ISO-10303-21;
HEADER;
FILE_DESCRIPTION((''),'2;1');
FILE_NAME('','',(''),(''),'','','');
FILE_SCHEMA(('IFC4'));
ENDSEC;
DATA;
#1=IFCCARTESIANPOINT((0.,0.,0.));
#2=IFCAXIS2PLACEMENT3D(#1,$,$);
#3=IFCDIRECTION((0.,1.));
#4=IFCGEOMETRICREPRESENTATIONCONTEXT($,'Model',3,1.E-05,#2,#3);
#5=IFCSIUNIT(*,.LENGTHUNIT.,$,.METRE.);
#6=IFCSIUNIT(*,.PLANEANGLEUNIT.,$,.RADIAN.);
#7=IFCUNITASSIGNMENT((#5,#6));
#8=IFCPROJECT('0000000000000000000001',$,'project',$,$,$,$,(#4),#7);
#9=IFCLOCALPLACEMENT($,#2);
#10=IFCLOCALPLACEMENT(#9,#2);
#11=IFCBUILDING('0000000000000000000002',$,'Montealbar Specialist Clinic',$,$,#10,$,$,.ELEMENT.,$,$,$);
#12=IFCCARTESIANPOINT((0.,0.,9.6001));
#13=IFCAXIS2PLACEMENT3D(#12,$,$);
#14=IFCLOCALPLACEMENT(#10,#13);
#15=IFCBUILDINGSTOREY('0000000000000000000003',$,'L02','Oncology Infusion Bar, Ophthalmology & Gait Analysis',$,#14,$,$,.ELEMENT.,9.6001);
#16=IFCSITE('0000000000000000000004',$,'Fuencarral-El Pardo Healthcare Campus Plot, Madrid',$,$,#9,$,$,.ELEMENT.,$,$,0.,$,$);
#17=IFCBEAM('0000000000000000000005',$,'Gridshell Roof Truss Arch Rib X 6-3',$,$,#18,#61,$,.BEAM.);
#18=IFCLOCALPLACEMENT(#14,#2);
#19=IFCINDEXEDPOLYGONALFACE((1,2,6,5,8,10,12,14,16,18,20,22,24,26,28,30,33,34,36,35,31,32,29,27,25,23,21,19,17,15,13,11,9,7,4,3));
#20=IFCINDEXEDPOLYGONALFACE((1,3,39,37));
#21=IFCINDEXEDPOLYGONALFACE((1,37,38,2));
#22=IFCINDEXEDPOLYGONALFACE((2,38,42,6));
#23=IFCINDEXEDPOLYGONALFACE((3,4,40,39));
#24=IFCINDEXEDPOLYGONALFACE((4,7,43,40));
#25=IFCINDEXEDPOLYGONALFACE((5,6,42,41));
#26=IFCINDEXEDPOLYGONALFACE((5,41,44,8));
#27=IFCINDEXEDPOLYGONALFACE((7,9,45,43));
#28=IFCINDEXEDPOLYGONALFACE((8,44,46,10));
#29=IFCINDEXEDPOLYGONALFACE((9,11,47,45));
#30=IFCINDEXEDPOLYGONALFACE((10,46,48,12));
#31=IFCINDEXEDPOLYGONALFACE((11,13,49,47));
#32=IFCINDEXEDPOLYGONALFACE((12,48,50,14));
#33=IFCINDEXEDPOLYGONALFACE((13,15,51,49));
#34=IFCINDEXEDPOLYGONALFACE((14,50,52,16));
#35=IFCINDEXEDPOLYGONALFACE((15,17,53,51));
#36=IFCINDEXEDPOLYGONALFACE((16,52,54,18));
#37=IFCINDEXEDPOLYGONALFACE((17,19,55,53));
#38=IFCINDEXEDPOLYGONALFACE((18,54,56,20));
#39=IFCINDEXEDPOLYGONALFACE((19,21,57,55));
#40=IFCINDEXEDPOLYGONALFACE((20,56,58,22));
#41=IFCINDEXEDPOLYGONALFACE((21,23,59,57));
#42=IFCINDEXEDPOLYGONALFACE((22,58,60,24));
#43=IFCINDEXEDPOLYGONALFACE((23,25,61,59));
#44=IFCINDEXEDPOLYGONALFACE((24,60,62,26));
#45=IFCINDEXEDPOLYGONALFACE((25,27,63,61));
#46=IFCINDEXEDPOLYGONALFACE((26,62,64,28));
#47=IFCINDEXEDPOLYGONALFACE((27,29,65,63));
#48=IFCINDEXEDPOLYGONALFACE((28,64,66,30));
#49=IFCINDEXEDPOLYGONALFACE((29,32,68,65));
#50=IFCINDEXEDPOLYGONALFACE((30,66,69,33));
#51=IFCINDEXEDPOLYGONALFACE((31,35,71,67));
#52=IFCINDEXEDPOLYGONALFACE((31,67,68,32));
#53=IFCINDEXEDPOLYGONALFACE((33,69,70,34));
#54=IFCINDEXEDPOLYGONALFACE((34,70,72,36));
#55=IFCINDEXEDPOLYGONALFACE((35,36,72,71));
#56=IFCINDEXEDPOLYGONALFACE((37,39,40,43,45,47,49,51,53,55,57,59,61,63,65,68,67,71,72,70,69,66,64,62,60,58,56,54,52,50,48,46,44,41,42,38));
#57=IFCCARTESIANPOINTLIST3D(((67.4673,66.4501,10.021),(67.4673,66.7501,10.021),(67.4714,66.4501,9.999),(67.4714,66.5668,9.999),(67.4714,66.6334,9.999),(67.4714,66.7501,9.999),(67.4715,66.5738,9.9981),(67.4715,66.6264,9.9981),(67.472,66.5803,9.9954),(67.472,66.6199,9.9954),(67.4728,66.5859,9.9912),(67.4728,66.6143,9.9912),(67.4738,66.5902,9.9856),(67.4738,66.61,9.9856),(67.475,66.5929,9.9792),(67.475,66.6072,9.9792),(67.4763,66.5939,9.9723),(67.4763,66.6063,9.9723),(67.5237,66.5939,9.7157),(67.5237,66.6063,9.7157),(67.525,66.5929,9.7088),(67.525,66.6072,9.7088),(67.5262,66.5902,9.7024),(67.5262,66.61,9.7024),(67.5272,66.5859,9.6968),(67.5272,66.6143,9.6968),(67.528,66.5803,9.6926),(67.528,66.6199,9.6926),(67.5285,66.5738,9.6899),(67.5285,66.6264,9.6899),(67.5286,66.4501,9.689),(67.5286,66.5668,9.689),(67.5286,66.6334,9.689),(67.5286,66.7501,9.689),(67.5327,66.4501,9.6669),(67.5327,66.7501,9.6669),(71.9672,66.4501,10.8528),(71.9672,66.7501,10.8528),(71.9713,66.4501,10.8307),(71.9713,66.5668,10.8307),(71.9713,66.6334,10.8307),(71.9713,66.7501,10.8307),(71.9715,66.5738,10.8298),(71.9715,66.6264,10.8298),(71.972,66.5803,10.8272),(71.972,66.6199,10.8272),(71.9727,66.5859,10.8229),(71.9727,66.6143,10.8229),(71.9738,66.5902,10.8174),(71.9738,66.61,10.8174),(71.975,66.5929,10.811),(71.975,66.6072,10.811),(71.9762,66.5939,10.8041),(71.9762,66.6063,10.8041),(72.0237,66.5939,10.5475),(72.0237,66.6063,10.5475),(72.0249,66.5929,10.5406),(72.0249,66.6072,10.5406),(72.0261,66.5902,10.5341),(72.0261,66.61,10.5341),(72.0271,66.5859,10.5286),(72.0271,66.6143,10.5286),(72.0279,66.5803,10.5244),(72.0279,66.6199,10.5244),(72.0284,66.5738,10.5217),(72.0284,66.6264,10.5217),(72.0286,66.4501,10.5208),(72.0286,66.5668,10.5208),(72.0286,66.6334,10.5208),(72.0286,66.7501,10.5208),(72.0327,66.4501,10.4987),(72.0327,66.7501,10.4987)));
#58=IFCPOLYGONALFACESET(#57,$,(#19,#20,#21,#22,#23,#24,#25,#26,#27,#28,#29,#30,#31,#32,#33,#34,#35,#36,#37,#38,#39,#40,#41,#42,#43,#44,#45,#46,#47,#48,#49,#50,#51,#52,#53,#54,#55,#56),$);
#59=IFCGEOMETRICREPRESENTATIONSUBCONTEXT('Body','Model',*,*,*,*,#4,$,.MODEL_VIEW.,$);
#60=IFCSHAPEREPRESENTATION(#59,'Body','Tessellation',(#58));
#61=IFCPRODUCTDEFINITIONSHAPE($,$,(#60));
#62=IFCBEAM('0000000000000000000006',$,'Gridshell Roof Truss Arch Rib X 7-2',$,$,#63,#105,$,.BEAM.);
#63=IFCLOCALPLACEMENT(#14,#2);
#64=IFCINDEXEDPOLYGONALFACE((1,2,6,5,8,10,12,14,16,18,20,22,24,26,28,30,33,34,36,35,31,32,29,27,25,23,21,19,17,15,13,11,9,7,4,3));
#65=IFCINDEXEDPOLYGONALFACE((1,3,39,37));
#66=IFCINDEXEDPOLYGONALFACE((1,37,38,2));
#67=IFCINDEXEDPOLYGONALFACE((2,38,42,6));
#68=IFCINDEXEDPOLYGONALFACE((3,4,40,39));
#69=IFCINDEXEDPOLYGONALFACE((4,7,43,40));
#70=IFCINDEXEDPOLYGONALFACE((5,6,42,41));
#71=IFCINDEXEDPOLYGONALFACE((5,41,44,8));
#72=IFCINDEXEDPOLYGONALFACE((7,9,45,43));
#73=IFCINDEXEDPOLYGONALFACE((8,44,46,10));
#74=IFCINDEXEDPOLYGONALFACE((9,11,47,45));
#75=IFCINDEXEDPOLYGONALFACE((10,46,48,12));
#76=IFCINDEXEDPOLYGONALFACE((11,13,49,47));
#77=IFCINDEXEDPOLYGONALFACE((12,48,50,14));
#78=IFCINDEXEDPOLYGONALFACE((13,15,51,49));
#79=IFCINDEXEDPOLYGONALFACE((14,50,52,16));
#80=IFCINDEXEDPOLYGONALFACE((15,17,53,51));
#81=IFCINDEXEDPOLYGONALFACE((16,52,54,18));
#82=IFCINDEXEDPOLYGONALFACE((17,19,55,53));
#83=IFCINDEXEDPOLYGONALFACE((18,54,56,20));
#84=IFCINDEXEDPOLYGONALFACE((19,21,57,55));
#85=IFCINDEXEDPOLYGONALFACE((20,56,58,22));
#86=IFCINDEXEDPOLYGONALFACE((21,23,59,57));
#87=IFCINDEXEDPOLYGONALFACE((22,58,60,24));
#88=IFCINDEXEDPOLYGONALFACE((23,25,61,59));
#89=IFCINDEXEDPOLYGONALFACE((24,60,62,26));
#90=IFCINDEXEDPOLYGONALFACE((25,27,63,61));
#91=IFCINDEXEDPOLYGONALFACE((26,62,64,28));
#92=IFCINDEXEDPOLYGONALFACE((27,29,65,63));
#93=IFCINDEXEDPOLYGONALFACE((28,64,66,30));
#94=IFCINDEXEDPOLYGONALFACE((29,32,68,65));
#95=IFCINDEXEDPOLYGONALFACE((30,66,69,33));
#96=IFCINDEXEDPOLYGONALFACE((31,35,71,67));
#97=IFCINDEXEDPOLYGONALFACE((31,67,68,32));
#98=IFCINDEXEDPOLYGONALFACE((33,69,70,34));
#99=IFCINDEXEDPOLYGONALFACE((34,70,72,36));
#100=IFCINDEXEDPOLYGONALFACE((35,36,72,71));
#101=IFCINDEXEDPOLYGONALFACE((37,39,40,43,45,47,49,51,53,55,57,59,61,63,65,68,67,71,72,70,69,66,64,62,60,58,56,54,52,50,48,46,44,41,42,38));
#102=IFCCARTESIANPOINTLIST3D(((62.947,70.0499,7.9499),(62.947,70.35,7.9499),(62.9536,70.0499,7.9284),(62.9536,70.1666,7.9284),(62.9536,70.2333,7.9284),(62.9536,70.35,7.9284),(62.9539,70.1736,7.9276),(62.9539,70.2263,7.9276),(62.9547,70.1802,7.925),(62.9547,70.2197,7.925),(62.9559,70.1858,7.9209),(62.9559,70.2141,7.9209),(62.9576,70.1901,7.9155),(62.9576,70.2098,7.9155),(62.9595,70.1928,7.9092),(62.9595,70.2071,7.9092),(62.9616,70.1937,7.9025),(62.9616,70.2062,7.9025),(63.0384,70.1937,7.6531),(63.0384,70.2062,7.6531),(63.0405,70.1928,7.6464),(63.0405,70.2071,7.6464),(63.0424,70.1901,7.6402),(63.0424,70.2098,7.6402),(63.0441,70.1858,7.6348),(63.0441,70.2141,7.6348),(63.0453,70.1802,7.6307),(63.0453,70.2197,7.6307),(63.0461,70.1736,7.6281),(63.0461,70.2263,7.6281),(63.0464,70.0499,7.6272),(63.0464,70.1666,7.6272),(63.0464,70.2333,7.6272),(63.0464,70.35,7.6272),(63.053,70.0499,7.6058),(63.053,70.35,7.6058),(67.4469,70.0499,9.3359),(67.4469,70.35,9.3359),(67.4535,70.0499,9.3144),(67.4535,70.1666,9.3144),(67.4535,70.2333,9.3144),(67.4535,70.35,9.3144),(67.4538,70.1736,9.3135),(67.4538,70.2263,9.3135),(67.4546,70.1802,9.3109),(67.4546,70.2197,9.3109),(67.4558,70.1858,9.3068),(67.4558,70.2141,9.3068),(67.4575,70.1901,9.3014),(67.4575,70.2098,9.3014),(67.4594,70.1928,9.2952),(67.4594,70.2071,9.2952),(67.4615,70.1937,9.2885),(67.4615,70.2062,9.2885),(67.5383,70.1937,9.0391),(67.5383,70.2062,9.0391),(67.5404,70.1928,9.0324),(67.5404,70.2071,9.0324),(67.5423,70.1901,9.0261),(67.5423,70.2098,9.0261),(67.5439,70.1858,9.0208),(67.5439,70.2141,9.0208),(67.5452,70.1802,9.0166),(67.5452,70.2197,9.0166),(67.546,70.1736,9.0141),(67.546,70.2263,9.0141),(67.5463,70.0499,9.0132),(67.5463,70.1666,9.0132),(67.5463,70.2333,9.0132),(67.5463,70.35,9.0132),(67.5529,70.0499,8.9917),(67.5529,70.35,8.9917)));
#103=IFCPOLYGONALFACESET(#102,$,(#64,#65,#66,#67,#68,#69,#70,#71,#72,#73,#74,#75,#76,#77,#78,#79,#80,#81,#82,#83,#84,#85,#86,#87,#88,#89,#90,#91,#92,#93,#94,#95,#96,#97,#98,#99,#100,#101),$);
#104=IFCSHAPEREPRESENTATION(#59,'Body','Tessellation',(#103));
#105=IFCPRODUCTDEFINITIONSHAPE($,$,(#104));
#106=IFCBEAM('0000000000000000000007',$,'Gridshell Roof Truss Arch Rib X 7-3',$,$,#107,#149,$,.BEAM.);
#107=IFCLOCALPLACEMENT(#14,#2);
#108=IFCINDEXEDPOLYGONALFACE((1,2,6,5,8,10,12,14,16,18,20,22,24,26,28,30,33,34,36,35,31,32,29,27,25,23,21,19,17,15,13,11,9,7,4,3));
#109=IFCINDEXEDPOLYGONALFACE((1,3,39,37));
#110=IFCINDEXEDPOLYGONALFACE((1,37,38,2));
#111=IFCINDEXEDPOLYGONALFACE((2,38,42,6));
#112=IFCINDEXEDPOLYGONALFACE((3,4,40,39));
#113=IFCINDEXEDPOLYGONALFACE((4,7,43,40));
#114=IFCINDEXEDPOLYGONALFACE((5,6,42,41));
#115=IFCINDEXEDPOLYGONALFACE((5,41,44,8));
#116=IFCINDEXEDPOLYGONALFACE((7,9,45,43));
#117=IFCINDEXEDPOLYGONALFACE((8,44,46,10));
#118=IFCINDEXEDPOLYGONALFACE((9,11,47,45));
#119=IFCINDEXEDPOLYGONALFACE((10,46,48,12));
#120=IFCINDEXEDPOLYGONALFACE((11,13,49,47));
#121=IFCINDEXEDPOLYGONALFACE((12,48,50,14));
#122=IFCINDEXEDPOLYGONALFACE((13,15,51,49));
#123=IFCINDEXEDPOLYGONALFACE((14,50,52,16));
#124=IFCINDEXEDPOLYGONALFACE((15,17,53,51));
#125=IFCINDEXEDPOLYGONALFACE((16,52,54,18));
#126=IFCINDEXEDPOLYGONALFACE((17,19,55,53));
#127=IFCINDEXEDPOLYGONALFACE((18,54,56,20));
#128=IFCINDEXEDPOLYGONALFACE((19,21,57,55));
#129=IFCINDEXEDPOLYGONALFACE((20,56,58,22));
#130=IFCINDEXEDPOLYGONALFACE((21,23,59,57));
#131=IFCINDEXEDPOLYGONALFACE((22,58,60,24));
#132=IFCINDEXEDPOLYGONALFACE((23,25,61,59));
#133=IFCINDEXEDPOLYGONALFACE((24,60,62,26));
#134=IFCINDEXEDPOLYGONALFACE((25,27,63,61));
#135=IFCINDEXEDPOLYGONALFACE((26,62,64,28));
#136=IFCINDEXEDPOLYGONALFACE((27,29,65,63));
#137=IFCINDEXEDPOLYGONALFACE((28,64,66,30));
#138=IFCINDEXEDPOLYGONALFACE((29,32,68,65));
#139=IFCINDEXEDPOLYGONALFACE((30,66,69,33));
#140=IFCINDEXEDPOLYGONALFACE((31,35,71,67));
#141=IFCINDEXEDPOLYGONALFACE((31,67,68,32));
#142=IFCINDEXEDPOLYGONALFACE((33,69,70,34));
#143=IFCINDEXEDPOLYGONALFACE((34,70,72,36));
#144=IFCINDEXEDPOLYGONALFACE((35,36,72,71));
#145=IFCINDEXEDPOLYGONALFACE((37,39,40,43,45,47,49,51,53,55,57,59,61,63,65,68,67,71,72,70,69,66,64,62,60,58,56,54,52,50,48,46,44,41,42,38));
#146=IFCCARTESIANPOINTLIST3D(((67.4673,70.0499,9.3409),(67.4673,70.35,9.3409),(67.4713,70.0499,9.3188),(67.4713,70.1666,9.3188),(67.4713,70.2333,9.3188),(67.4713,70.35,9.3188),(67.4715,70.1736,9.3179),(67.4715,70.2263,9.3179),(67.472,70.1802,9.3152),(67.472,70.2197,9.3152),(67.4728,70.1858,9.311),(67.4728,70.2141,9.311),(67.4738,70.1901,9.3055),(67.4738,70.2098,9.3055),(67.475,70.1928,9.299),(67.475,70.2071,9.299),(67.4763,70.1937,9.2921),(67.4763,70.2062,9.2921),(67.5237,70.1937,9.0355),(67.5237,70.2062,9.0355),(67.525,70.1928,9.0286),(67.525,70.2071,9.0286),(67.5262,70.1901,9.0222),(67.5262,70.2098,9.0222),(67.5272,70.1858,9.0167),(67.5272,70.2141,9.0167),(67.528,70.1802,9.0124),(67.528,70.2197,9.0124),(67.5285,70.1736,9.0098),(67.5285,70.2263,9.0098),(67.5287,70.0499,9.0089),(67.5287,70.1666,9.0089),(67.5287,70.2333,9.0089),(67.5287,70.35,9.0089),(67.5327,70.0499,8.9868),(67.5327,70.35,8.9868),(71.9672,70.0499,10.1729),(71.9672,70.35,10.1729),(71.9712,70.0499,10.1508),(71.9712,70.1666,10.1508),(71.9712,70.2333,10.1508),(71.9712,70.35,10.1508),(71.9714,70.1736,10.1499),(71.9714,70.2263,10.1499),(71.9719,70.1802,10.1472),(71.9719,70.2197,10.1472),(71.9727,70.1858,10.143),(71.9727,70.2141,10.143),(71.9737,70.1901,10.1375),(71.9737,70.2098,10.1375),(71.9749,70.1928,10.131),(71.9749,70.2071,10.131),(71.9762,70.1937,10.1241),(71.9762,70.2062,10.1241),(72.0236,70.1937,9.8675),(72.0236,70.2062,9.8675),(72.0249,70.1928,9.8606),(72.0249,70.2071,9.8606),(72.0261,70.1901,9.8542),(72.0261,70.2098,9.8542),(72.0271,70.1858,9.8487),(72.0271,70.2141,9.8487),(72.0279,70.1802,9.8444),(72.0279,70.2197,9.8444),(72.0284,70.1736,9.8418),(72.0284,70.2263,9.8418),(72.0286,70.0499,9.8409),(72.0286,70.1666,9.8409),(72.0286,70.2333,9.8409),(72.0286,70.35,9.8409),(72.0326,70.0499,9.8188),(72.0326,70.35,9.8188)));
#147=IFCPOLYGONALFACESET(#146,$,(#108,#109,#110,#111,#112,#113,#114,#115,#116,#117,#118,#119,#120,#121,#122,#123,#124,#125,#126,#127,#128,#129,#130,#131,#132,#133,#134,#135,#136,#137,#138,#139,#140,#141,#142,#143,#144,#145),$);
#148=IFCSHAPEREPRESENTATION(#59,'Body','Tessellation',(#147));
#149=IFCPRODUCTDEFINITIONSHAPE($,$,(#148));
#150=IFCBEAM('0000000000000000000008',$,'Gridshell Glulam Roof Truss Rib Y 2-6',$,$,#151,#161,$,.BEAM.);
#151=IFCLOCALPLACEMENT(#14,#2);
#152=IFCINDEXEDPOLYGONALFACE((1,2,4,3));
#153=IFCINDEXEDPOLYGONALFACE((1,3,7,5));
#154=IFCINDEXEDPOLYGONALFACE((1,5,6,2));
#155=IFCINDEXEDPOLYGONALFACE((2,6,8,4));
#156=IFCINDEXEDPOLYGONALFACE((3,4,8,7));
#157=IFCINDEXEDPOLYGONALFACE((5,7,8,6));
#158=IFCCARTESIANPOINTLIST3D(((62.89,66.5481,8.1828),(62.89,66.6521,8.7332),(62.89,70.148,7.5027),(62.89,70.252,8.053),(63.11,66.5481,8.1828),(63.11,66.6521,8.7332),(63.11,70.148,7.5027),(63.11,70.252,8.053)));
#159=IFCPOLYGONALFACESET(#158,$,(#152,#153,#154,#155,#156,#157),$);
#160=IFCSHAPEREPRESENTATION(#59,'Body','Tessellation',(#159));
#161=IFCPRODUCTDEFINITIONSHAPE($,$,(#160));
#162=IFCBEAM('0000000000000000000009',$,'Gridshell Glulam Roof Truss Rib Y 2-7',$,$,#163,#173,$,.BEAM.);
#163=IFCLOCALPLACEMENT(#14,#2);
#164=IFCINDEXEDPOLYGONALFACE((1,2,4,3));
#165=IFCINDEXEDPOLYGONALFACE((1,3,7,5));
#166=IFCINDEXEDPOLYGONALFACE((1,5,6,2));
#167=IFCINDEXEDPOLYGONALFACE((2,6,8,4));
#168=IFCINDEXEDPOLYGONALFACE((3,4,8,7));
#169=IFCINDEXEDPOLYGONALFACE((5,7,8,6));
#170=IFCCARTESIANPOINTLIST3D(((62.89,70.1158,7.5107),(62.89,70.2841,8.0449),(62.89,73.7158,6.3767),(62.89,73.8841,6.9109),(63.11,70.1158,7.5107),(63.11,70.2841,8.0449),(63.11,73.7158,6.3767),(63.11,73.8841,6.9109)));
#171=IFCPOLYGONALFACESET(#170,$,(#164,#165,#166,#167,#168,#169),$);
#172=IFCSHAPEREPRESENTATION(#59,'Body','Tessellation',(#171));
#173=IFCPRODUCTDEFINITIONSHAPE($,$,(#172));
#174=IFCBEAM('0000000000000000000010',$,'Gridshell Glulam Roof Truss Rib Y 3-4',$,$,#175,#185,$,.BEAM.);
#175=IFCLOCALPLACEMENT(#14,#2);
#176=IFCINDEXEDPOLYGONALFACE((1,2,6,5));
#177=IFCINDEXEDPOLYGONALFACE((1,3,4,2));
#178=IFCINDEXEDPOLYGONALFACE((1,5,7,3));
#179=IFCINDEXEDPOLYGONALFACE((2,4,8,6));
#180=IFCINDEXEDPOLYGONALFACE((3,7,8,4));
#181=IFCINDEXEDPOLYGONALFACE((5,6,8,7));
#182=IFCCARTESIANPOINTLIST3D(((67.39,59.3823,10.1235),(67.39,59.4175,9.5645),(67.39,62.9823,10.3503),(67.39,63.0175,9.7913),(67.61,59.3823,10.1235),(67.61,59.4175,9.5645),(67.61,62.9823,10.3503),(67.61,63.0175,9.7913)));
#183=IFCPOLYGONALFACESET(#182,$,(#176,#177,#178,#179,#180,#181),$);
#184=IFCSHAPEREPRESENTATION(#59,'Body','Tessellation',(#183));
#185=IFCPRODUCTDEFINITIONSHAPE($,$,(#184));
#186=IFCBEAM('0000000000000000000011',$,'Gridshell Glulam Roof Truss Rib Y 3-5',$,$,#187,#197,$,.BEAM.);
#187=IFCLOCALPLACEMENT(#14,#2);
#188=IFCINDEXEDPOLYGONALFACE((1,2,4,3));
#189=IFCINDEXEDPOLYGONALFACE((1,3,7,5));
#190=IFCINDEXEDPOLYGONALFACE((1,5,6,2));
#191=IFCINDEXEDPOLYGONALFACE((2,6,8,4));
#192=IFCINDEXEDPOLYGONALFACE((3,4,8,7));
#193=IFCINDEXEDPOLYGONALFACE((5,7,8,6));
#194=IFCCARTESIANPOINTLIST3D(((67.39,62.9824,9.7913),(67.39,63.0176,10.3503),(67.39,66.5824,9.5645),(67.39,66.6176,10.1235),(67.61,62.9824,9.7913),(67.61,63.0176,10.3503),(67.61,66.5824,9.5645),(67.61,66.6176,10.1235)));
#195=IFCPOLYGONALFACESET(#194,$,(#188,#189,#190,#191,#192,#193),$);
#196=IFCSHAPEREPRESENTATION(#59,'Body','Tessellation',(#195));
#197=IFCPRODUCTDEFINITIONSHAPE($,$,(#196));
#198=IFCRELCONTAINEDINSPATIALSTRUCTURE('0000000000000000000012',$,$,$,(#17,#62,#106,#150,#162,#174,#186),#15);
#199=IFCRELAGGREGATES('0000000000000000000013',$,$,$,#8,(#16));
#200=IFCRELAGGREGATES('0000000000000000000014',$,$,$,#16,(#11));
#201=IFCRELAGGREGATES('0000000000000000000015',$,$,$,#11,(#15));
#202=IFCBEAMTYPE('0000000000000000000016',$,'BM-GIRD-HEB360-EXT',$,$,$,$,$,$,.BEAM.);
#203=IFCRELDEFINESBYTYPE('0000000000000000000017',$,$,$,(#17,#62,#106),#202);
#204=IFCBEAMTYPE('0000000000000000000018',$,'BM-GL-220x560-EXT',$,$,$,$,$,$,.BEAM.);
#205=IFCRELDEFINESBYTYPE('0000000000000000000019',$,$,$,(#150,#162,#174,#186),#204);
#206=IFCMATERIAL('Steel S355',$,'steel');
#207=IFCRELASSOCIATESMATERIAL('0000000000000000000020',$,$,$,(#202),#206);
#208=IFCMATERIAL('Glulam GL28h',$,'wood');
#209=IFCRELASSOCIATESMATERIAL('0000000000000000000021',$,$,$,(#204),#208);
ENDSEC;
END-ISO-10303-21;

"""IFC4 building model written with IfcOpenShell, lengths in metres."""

from ifc_helpers import new_model, si_unit, direction, frame, origin, origin_2d, place, context, subcontext, project, spatial, rectangle, i_section, extrude, material, material_profile, profile_set, type_object, element, save


model = new_model("IFC4")

# Units and contexts
model_context = context("Model", 3, precision=1e-05, world=origin(), true_north=direction((0.0, 1.0)))
body_context = subcontext(model_context, "Body", "Model", "MODEL_VIEW")
ifc_project = project(units=[si_unit("LENGTHUNIT", "METRE"), si_unit("PLANEANGLEUNIT", "RADIAN")], contexts=[model_context])

# Site, building, storey
site_placement = place(None, origin())
site = spatial("IfcSite", under=ifc_project, at=site_placement, Name="Fuencarral-El Pardo Healthcare Campus Plot, Madrid", CompositionType="ELEMENT", RefElevation=0.0)
building_placement = place(site_placement, origin())
building = spatial("IfcBuilding", under=site, at=building_placement, Name="Montealbar Specialist Clinic", CompositionType="ELEMENT")
storey_placement = place(building_placement, frame((0.0, 0.0, 9.6001)))
storey = spatial("IfcBuildingStorey", under=building, at=storey_placement, Name="L02", Description="Oncology Infusion Bar, Ophthalmology & Gait Analysis", CompositionType="ELEMENT", Elevation=9.6001)

# Beams
ifc_material_1 = material(Name="Steel S355", Category="steel")
ifc_material_profile_1 = material_profile(ifc_material_1, i_section(OverallWidth=0.3, OverallDepth=0.3601, WebThickness=0.0125, FlangeThickness=0.0225, FilletRadius=0.0271, at=origin_2d()), Name="HEB 360", Category="steel")
ifc_profile_set_1 = profile_set([ifc_material_profile_1], Name="Steel S355")
beam_type_1 = type_object("IfcBeamType", Name="BM-GIRD-HEB360-EXT", PredefinedType="BEAM", material=ifc_profile_set_1)
beam_1_placement = place(storey_placement, frame((67.5, 66.6001, 9.844), z_axis=(0.983342, 0.0, 0.181763), x_axis=(0.0, 1.0, 0.0)))
element("IfcBeam", 1, at=beam_1_placement, inside=storey, type_object=beam_type_1, Name="Gridshell Roof Truss Arch Rib X 6-3", PredefinedType="BEAM", context=body_context, shape_type="SweptSolid", body=[
    extrude(i_section(OverallWidth=0.3, OverallDepth=0.3601, WebThickness=0.0125, FlangeThickness=0.0225, FilletRadius=0.0271, at=origin_2d()), origin(), (0.0, 0.0, 1.0), 4.5762),
])
beam_2_placement = place(storey_placement, frame((63.0, 70.2, 7.7778), z_axis=(0.955697, 0.0, 0.294352), x_axis=(0.0, 1.0, 0.0)))
element("IfcBeam", 2, at=beam_2_placement, inside=storey, type_object=beam_type_1, Name="Gridshell Roof Truss Arch Rib X 7-2", PredefinedType="BEAM", context=body_context, shape_type="SweptSolid", body=[
    extrude(i_section(OverallWidth=0.3, OverallDepth=0.3601, WebThickness=0.0125, FlangeThickness=0.0225, FilletRadius=0.0271, at=origin_2d()), origin(), (0.0, 0.0, 1.0), 4.7085),
])
beam_3_placement = place(storey_placement, frame((67.5, 70.2, 9.1638), z_axis=(0.983333, 0.0, 0.181814), x_axis=(0.0, 1.0, 0.0)))
element("IfcBeam", 3, at=beam_3_placement, inside=storey, type_object=beam_type_1, Name="Gridshell Roof Truss Arch Rib X 7-3", PredefinedType="BEAM", context=body_context, shape_type="SweptSolid", body=[
    extrude(i_section(OverallWidth=0.3, OverallDepth=0.3601, WebThickness=0.0125, FlangeThickness=0.0225, FilletRadius=0.0271, at=origin_2d()), origin(), (0.0, 0.0, 1.0), 4.5762),
])
ifc_material_2 = material(Name="Glulam GL28h", Category="wood")
ifc_material_profile_2 = material_profile(ifc_material_2, rectangle(XDim=0.22, YDim=0.5601, at=origin_2d()), Name="GL28h 220x560", Category="wood")
ifc_profile_set_2 = profile_set([ifc_material_profile_2], Name="Glulam GL28h")
beam_type_2 = type_object("IfcBeamType", Name="BM-GL-220x560-EXT", PredefinedType="BEAM", material=ifc_profile_set_2)
beam_4_placement = place(storey_placement, frame((63.0, 66.6001, 8.458), z_axis=(0.0, 0.982614, -0.18566), x_axis=(-1.0, 0.0, 0.0)))
element("IfcBeam", 4, at=beam_4_placement, inside=storey, type_object=beam_type_2, Name="Gridshell Glulam Roof Truss Rib Y 2-6", PredefinedType="BEAM", context=body_context, shape_type="SweptSolid", body=[
    extrude(rectangle(XDim=0.22, YDim=0.5601, at=origin_2d()), origin(), (0.0, 0.0, 1.0), 3.6636),
])
beam_5_placement = place(storey_placement, frame((63.0, 70.2, 7.7778), z_axis=(0.0, 0.953798, -0.300447), x_axis=(-1.0, 0.0, 0.0)))
element("IfcBeam", 5, at=beam_5_placement, inside=storey, type_object=beam_type_2, Name="Gridshell Glulam Roof Truss Rib Y 2-7", PredefinedType="BEAM", context=body_context, shape_type="SweptSolid", body=[
    extrude(rectangle(XDim=0.22, YDim=0.5601, at=origin_2d()), origin(), (0.0, 0.0, 1.0), 3.7744),
])
for number, where, z_axis, x_axis, name in (
    (6, (67.5, 59.3999, 9.844), (0.0, 0.998021, 0.062875), (-1.0, 0.0, 0.0), "Gridshell Glulam Roof Truss Rib Y 3-4"),
    (7, (67.5, 63.0, 10.0708), (0.0, 0.998021, -0.062875), (-1.0, 0.0, 0.0), "Gridshell Glulam Roof Truss Rib Y 3-5"),
):
    element("IfcBeam", number, at=place(storey_placement, frame(where, z_axis=z_axis, x_axis=x_axis)), inside=storey, type_object=beam_type_2, Name=name, PredefinedType="BEAM", context=body_context, shape_type="SweptSolid", body=[
        extrude(rectangle(XDim=0.22, YDim=0.5601, at=origin_2d()), origin(), (0.0, 0.0, 1.0), 3.6072),
    ])

save(model, "model.ifc")
